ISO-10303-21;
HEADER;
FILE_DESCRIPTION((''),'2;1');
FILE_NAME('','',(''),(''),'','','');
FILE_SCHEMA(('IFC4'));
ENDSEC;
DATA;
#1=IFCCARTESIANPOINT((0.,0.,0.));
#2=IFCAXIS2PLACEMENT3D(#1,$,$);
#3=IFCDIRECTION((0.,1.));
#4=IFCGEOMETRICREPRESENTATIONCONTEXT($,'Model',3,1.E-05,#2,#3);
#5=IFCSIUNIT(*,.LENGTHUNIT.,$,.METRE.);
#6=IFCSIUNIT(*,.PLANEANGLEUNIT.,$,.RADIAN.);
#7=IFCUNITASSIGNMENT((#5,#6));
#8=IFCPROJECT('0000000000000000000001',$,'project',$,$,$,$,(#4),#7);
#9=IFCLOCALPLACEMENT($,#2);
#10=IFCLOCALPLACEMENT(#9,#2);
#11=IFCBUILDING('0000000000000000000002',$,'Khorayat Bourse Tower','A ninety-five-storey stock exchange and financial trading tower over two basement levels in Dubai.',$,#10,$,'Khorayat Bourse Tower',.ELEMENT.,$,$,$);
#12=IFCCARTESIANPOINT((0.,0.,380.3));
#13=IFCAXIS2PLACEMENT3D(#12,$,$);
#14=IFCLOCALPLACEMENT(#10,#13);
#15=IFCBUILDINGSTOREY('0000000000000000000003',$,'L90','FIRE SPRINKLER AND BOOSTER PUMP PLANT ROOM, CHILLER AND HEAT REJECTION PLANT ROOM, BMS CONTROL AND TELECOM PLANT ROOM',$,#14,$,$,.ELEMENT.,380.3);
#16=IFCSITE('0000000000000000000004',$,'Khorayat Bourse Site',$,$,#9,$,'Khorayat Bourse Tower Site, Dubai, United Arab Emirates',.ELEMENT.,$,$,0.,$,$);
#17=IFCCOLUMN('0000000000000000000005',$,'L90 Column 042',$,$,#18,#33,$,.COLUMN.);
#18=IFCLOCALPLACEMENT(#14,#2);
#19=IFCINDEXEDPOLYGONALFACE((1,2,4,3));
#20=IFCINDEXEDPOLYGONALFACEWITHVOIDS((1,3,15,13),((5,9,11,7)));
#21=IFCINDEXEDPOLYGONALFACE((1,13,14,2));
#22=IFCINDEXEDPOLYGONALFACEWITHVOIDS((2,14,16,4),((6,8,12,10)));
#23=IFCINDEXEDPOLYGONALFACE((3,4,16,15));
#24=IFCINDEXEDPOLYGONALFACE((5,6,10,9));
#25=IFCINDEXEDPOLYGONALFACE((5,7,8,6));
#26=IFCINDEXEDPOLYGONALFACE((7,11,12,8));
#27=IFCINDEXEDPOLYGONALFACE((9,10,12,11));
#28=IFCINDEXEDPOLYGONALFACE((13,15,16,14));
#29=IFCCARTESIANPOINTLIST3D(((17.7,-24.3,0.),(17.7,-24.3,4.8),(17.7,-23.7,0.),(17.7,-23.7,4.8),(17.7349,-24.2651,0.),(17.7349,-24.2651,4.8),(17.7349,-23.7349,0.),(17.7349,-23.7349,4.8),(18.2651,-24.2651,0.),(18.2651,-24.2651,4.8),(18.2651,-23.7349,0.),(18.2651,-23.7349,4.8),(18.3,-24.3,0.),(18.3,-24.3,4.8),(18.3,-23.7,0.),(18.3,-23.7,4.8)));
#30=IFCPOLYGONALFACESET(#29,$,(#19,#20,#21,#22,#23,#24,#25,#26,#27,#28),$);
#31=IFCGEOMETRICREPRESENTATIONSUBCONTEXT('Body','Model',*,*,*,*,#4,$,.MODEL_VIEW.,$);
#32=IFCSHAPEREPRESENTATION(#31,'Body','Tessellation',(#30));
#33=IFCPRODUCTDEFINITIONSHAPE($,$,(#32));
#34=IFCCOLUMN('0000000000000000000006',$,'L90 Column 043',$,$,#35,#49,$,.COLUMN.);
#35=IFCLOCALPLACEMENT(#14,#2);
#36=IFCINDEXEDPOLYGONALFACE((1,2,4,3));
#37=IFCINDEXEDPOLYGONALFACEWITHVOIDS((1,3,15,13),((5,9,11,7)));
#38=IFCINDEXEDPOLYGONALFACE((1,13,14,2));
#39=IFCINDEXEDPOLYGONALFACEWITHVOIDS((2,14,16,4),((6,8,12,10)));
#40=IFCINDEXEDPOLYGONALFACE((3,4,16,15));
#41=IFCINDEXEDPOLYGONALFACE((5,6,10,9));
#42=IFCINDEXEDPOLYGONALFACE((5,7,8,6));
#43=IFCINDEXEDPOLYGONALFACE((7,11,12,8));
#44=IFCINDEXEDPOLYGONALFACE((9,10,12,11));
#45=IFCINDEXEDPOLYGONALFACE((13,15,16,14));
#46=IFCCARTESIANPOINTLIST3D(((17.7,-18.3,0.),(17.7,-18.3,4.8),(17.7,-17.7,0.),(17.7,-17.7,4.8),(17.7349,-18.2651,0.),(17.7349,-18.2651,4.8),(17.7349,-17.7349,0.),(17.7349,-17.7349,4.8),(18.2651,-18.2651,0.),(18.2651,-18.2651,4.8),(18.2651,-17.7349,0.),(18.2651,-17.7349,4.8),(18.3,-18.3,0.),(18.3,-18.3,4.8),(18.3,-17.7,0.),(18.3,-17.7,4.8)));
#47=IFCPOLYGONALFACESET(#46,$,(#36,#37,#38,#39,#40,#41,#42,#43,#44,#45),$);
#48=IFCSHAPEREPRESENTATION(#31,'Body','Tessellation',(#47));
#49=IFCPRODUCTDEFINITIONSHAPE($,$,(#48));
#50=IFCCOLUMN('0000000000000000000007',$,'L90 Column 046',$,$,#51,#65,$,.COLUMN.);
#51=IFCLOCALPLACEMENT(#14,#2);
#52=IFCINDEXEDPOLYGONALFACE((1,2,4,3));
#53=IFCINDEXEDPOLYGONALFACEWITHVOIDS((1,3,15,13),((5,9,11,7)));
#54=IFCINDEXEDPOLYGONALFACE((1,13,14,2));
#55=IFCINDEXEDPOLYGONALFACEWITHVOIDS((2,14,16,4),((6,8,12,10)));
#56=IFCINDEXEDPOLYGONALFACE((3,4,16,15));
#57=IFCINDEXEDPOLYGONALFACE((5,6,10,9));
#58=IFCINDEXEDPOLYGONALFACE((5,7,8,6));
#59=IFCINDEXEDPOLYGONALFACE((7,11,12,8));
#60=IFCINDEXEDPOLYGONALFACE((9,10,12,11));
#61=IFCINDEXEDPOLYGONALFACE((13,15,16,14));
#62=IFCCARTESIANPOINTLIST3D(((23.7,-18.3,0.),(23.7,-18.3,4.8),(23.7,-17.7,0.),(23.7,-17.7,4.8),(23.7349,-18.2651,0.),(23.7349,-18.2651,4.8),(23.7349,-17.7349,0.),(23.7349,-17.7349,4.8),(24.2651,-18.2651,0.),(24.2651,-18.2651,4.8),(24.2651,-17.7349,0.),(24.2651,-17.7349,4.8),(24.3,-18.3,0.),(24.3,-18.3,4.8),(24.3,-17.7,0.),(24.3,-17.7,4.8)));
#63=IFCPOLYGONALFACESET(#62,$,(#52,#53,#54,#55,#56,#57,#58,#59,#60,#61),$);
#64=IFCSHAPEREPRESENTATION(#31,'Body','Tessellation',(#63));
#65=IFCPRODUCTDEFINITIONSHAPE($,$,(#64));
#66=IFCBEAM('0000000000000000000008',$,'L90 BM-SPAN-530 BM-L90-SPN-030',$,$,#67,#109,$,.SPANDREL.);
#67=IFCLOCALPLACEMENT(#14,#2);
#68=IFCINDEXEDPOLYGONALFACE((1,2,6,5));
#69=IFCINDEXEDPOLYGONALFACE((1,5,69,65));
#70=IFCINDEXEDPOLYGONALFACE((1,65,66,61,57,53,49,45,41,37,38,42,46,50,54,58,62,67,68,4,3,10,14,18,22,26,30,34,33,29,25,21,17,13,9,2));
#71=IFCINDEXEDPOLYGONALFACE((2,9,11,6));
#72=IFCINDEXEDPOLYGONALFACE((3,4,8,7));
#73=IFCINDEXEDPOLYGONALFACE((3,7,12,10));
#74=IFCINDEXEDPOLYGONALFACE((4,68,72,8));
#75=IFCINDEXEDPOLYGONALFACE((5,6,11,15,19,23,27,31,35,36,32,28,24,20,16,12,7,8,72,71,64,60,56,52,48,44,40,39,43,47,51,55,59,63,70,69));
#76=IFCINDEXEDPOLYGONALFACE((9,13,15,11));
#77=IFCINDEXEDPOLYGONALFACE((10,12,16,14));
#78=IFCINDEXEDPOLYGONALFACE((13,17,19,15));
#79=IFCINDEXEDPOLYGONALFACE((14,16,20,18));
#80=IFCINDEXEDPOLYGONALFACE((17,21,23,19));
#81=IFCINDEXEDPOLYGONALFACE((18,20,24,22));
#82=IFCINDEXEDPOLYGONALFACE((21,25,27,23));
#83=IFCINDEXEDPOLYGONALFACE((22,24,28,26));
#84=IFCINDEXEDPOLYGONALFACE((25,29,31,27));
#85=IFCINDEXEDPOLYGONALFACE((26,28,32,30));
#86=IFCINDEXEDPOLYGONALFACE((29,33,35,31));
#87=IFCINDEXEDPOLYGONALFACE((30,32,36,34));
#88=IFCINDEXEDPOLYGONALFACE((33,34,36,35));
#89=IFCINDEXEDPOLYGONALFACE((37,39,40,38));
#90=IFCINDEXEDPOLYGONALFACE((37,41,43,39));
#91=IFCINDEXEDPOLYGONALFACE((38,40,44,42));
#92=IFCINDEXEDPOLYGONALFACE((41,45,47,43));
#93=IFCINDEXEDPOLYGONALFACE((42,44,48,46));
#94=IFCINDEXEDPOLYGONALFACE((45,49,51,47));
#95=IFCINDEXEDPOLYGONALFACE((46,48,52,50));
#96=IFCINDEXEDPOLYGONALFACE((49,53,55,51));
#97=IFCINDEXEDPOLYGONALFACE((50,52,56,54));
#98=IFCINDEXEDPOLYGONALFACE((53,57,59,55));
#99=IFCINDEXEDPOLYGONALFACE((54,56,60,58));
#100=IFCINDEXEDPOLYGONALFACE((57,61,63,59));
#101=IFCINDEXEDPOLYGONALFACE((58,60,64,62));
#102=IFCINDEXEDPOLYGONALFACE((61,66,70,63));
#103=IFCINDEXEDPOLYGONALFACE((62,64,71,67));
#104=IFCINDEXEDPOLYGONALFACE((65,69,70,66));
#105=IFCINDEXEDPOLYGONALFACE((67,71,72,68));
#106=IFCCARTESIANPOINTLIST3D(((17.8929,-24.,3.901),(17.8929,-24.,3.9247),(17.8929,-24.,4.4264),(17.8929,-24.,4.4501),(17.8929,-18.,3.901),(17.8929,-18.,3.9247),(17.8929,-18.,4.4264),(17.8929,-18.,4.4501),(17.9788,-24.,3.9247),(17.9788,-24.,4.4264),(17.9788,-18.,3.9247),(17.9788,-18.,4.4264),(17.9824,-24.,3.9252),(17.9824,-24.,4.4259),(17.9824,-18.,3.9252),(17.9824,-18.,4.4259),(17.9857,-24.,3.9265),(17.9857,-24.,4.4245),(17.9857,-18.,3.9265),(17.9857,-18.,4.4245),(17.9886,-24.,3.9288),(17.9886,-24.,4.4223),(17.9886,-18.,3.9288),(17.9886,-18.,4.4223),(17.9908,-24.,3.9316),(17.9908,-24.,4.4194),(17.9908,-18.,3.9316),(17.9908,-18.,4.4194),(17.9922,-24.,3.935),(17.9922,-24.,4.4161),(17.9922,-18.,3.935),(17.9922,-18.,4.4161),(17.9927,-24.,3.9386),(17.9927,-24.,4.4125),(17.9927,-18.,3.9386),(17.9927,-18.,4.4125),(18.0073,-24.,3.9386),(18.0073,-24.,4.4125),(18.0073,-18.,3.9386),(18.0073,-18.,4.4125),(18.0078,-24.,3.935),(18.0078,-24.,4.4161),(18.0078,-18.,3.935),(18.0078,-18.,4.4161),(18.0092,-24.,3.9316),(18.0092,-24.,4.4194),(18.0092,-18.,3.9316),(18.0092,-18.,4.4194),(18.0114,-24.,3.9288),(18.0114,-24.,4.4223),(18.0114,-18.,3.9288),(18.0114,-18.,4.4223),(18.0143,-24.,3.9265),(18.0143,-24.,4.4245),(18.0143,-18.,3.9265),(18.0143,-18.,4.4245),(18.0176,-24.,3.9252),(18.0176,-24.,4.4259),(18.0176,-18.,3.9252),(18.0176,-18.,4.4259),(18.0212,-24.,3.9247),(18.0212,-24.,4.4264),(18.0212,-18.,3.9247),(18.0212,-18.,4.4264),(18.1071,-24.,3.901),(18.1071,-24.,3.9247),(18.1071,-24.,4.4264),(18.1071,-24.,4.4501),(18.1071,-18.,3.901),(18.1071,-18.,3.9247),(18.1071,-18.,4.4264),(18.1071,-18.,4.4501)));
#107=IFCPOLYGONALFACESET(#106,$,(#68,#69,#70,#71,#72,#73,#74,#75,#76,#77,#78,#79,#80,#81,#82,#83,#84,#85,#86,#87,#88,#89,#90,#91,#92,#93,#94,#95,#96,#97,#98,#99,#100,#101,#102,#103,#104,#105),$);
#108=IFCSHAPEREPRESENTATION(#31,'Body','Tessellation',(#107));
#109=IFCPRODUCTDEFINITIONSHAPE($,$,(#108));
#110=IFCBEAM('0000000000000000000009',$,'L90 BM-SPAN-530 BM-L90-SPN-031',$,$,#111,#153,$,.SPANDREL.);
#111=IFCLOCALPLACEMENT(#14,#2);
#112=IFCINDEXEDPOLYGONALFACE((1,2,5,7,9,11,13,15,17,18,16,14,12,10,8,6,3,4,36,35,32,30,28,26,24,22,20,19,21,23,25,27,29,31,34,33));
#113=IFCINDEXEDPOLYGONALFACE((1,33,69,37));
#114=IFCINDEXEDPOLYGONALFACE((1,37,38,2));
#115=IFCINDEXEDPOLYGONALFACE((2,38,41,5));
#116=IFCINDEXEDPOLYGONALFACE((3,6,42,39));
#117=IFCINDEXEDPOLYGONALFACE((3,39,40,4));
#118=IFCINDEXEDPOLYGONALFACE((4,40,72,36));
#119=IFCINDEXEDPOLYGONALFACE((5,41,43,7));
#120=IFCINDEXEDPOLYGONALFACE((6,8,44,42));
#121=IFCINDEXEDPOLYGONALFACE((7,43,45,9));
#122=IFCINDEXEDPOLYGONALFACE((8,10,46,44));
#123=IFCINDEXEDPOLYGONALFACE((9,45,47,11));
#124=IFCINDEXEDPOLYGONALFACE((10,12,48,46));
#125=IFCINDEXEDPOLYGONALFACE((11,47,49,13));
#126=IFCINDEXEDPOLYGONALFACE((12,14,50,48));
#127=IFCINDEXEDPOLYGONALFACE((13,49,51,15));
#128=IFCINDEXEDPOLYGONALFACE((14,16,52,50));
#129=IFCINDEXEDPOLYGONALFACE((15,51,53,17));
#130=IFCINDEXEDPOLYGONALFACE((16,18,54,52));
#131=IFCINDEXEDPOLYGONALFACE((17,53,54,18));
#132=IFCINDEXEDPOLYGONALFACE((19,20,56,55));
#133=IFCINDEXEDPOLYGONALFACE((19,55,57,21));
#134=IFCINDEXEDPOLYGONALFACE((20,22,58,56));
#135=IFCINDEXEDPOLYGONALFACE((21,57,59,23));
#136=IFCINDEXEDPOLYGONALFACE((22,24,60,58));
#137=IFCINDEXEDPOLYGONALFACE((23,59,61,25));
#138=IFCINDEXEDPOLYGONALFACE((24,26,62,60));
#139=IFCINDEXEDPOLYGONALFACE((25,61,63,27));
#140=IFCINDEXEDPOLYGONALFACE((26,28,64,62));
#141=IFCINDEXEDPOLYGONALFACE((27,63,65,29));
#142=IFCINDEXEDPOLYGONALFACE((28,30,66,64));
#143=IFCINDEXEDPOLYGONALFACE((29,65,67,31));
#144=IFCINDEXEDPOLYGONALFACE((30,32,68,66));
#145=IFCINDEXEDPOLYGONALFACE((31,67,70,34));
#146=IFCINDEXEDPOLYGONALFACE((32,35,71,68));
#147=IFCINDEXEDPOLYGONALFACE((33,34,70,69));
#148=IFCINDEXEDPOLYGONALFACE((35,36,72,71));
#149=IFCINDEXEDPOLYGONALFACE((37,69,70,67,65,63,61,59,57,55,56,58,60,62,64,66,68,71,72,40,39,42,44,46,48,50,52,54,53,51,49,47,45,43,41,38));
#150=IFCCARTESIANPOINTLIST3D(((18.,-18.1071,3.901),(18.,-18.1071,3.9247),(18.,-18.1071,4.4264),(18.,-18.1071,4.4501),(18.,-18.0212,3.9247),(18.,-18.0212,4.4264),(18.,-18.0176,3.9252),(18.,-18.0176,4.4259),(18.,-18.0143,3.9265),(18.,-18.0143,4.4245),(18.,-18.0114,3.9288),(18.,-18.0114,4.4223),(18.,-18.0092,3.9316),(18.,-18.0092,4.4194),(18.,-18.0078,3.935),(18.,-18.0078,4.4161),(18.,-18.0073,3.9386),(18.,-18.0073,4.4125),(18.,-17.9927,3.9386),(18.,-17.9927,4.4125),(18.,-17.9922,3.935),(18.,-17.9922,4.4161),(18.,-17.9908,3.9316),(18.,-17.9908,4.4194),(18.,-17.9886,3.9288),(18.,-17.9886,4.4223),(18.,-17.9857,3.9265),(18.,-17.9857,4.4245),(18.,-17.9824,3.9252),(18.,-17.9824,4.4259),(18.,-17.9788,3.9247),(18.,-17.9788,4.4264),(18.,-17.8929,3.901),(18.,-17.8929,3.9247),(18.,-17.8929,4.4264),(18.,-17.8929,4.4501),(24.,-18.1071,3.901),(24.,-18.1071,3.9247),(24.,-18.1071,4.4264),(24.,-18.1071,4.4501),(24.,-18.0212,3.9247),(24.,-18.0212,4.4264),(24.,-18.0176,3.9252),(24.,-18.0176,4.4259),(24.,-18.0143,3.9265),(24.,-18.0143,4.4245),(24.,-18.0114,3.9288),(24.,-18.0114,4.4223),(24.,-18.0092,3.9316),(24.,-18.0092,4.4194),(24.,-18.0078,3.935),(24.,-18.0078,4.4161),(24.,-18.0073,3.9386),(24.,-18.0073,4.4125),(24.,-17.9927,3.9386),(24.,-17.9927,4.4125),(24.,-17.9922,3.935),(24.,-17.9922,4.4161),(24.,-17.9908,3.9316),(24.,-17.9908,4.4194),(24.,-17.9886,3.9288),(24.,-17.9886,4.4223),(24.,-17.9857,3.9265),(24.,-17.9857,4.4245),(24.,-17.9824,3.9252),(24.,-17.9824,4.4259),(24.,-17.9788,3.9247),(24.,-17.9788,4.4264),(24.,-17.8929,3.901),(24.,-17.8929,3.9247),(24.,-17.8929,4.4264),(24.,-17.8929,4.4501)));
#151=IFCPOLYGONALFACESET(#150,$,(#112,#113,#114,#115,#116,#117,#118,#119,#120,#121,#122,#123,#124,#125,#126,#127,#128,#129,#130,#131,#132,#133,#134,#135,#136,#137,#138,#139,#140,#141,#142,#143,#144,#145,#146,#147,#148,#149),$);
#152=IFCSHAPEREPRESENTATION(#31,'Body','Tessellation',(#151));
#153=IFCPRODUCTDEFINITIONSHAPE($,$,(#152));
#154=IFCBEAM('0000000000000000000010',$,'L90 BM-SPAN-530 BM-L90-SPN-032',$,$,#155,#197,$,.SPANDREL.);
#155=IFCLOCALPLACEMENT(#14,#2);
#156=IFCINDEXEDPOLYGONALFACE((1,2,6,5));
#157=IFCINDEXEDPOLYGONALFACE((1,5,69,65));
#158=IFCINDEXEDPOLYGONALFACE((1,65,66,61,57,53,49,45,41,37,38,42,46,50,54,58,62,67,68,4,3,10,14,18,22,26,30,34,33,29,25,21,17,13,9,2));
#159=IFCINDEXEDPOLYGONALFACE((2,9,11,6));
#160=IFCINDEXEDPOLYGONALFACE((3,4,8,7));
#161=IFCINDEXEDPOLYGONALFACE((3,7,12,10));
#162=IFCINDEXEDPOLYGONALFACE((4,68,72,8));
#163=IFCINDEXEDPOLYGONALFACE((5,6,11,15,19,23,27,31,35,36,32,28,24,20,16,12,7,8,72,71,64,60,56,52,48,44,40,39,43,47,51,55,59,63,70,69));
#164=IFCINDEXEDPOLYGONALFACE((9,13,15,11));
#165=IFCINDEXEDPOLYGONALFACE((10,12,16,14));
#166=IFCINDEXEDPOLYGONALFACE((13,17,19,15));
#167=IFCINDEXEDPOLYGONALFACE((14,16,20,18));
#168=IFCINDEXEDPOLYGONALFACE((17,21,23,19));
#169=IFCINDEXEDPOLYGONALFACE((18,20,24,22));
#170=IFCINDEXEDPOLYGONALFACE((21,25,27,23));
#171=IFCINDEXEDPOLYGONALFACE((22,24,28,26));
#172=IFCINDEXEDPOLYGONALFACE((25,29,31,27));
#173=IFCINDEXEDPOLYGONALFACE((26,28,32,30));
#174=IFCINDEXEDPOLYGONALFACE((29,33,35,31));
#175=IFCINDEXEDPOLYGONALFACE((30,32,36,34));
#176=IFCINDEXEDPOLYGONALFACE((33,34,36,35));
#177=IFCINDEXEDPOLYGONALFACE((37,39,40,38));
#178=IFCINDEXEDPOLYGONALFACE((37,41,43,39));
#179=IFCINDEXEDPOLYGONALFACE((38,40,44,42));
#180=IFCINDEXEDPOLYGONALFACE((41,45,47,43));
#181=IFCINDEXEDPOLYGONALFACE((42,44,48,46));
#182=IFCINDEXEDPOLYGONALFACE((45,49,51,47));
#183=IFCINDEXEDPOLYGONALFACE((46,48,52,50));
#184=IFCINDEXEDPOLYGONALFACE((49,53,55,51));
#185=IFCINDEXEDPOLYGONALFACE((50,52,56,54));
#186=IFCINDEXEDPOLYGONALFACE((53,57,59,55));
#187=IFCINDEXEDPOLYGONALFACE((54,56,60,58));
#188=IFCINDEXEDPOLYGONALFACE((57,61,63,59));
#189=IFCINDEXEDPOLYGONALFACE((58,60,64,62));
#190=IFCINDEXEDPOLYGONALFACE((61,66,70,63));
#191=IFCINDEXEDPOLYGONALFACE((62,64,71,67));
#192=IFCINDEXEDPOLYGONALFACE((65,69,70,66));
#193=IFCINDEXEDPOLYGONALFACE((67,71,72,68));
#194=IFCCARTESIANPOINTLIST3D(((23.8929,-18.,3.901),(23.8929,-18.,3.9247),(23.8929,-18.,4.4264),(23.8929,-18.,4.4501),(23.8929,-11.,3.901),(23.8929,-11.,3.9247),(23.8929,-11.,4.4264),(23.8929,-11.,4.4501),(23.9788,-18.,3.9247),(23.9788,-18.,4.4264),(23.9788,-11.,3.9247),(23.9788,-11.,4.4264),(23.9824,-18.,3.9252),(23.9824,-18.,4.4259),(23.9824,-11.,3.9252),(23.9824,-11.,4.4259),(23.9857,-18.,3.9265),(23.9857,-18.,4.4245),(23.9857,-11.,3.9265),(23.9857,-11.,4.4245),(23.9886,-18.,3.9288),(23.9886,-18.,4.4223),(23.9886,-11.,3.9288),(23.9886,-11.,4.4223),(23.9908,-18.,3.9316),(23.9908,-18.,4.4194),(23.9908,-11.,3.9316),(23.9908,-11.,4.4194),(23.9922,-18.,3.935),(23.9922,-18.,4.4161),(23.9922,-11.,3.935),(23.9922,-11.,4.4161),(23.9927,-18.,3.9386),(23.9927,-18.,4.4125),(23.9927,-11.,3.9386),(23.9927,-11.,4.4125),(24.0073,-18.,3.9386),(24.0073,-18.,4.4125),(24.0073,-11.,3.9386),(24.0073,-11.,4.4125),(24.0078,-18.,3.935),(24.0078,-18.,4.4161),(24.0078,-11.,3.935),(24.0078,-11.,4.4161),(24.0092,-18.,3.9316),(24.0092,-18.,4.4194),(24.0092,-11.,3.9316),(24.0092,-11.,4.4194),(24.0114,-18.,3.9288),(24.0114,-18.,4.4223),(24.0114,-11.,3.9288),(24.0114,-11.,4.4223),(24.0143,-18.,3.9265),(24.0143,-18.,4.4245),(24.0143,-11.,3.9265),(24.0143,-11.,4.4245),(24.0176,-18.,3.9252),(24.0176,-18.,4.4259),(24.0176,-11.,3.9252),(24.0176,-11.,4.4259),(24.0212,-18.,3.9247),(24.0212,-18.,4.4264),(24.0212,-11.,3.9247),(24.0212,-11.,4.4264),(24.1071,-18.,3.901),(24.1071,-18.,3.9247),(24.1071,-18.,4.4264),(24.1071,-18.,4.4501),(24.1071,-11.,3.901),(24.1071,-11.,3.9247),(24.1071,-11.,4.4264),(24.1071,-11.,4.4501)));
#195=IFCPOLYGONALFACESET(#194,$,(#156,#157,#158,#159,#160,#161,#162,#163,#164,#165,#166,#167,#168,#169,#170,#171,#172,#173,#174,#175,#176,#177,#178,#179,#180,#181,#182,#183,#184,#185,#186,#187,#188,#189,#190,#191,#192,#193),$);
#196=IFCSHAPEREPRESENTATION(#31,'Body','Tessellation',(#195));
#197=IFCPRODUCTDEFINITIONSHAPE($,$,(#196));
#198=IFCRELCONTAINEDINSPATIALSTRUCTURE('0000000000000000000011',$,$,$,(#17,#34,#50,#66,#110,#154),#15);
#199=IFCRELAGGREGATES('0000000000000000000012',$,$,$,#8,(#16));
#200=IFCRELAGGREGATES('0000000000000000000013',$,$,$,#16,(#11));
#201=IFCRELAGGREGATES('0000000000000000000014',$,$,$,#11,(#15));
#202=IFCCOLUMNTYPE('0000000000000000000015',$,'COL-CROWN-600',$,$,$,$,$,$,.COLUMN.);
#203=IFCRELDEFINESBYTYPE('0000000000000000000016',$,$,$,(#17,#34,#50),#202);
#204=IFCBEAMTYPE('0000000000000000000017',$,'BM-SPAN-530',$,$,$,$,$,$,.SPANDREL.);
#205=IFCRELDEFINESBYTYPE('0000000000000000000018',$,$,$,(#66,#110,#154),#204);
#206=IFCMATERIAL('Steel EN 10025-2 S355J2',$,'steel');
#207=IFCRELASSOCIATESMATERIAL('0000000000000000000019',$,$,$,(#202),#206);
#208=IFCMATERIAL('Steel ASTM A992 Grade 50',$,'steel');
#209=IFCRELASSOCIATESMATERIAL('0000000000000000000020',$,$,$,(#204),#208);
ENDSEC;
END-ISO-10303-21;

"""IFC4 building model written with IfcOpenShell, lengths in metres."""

from ifc_helpers import new_model, si_unit, direction, frame, origin, origin_2d, place, context, subcontext, project, spatial, hollow_rectangle, i_section, extrude, source, transform, mapped, material, material_profile, profile_set, type_object, element, save


model = new_model("IFC4")

# Units and contexts
model_context = context("Model", 3, precision=1e-05, world=origin(), true_north=direction((0.0, 1.0)))
body_context = subcontext(model_context, "Body", "Model", "MODEL_VIEW")
ifc_project = project(units=[si_unit("LENGTHUNIT", "METRE"), si_unit("PLANEANGLEUNIT", "RADIAN")], contexts=[model_context])

# Site, building, storey
site_placement = place(None, origin())
site = spatial("IfcSite", under=ifc_project, at=site_placement, Name="Khorayat Bourse Site", LongName="Khorayat Bourse Tower Site, Dubai, United Arab Emirates", CompositionType="ELEMENT", RefElevation=0.0)
building_placement = place(site_placement, origin())
building = spatial("IfcBuilding", under=site, at=building_placement, Name="Khorayat Bourse Tower", Description="A ninety-five-storey stock exchange and financial trading tower over two basement levels in Dubai.", LongName="Khorayat Bourse Tower", CompositionType="ELEMENT")
storey_placement = place(building_placement, frame((0.0, 0.0, 380.3)))
storey = spatial("IfcBuildingStorey", under=building, at=storey_placement, Name="L90", Description="FIRE SPRINKLER AND BOOSTER PUMP PLANT ROOM, CHILLER AND HEAT REJECTION PLANT ROOM, BMS CONTROL AND TELECOM PLANT ROOM", CompositionType="ELEMENT", Elevation=380.3)

# Columns
ifc_material_1 = material(Name="Steel EN 10025-2 S355J2", Category="steel")
ifc_material_profile_1 = material_profile(ifc_material_1, hollow_rectangle(XDim=0.6001, YDim=0.6001, WallThickness=0.0349, at=origin_2d()), Name="BOX 600x600x35")
ifc_profile_set_1 = profile_set([ifc_material_profile_1], Name="Steel EN 10025-2 S355J2")
column_type = type_object("IfcColumnType", Name="COL-CROWN-600", PredefinedType="COLUMN", material=ifc_profile_set_1)
shared_shape_1 = source(origin(), body_context, "Body", "SweptSolid", [
    extrude(hollow_rectangle(XDim=0.6001, YDim=0.6001, WallThickness=0.0349, at=origin_2d()), origin(), (0.0, 0.0, 1.0), 4.8),
])
for number, where, z_axis, x_axis, name in (
    (1, (18.0, -24.0, 0.0), (0.0, 0.0, 1.0), (1.0, 0.0, 0.0), "L90 Column 042"),
    (2, (18.0, -18.0, 0.0), (0.0, 0.0, 1.0), (1.0, 0.0, 0.0), "L90 Column 043"),
    (3, (24.0, -18.0, 0.0), (0.0, 0.0, 1.0), (1.0, 0.0, 0.0), "L90 Column 046"),
):
    element("IfcColumn", number, at=place(storey_placement, frame(where, z_axis=z_axis, x_axis=x_axis)), inside=storey, type_object=column_type, Name=name, PredefinedType="COLUMN", context=body_context, shape_type="MappedRepresentation", body=[
        mapped(shared_shape_1, transform((0.0, 0.0, 0.0), scale=1.0)),
    ])

# Beams
ifc_material_2 = material(Name="Steel ASTM A992 Grade 50", Category="steel")
ifc_material_profile_2 = material_profile(ifc_material_2, i_section(OverallWidth=0.2141, OverallDepth=0.5491, WebThickness=0.0146, FlangeThickness=0.0237, FilletRadius=0.0139, at=origin_2d()), Name="W530X138")
ifc_profile_set_2 = profile_set([ifc_material_profile_2], Name="Steel ASTM A992 Grade 50")
beam_type_1 = type_object("IfcBeamType", Name="BM-SPAN-530", PredefinedType="SPANDREL", material=ifc_profile_set_2)
shared_shape_2 = source(origin(), body_context, "Body", "SweptSolid", [
    extrude(i_section(OverallWidth=0.2141, OverallDepth=0.5491, WebThickness=0.0146, FlangeThickness=0.0237, FilletRadius=0.0139, at=origin_2d()), origin(), (0.0, 0.0, 1.0), 6.0),
])
for number, where, z_axis, x_axis, name in (
    (4, (18.0, -24.0, 4.1755), (0.0, 1.0, 0.0), (-1.0, 0.0, 0.0), "L90 BM-SPAN-530 BM-L90-SPN-030"),
    (5, (18.0, -18.0, 4.1755), (1.0, 0.0, 0.0), (0.0, 1.0, 0.0), "L90 BM-SPAN-530 BM-L90-SPN-031"),
):
    element("IfcBeam", number, at=place(storey_placement, frame(where, z_axis=z_axis, x_axis=x_axis)), inside=storey, type_object=beam_type_1, Name=name, PredefinedType="SPANDREL", context=body_context, shape_type="MappedRepresentation", body=[
        mapped(shared_shape_2, transform((0.0, 0.0, 0.0), scale=1.0)),
    ])
shared_shape_3 = source(origin(), body_context, "Body", "SweptSolid", [
    extrude(i_section(OverallWidth=0.2141, OverallDepth=0.5491, WebThickness=0.0146, FlangeThickness=0.0237, FilletRadius=0.0139, at=origin_2d()), origin(), (0.0, 0.0, 1.0), 7.0),
])
beam_1_placement = place(storey_placement, frame((24.0, -18.0, 4.1755), z_axis=(0.0, 1.0, 0.0), x_axis=(-1.0, 0.0, 0.0)))
element("IfcBeam", 6, at=beam_1_placement, inside=storey, type_object=beam_type_1, Name="L90 BM-SPAN-530 BM-L90-SPN-032", PredefinedType="SPANDREL", context=body_context, shape_type="MappedRepresentation", body=[
    mapped(shared_shape_3, transform((0.0, 0.0, 0.0), scale=1.0)),
])

save(model, "model.ifc")
